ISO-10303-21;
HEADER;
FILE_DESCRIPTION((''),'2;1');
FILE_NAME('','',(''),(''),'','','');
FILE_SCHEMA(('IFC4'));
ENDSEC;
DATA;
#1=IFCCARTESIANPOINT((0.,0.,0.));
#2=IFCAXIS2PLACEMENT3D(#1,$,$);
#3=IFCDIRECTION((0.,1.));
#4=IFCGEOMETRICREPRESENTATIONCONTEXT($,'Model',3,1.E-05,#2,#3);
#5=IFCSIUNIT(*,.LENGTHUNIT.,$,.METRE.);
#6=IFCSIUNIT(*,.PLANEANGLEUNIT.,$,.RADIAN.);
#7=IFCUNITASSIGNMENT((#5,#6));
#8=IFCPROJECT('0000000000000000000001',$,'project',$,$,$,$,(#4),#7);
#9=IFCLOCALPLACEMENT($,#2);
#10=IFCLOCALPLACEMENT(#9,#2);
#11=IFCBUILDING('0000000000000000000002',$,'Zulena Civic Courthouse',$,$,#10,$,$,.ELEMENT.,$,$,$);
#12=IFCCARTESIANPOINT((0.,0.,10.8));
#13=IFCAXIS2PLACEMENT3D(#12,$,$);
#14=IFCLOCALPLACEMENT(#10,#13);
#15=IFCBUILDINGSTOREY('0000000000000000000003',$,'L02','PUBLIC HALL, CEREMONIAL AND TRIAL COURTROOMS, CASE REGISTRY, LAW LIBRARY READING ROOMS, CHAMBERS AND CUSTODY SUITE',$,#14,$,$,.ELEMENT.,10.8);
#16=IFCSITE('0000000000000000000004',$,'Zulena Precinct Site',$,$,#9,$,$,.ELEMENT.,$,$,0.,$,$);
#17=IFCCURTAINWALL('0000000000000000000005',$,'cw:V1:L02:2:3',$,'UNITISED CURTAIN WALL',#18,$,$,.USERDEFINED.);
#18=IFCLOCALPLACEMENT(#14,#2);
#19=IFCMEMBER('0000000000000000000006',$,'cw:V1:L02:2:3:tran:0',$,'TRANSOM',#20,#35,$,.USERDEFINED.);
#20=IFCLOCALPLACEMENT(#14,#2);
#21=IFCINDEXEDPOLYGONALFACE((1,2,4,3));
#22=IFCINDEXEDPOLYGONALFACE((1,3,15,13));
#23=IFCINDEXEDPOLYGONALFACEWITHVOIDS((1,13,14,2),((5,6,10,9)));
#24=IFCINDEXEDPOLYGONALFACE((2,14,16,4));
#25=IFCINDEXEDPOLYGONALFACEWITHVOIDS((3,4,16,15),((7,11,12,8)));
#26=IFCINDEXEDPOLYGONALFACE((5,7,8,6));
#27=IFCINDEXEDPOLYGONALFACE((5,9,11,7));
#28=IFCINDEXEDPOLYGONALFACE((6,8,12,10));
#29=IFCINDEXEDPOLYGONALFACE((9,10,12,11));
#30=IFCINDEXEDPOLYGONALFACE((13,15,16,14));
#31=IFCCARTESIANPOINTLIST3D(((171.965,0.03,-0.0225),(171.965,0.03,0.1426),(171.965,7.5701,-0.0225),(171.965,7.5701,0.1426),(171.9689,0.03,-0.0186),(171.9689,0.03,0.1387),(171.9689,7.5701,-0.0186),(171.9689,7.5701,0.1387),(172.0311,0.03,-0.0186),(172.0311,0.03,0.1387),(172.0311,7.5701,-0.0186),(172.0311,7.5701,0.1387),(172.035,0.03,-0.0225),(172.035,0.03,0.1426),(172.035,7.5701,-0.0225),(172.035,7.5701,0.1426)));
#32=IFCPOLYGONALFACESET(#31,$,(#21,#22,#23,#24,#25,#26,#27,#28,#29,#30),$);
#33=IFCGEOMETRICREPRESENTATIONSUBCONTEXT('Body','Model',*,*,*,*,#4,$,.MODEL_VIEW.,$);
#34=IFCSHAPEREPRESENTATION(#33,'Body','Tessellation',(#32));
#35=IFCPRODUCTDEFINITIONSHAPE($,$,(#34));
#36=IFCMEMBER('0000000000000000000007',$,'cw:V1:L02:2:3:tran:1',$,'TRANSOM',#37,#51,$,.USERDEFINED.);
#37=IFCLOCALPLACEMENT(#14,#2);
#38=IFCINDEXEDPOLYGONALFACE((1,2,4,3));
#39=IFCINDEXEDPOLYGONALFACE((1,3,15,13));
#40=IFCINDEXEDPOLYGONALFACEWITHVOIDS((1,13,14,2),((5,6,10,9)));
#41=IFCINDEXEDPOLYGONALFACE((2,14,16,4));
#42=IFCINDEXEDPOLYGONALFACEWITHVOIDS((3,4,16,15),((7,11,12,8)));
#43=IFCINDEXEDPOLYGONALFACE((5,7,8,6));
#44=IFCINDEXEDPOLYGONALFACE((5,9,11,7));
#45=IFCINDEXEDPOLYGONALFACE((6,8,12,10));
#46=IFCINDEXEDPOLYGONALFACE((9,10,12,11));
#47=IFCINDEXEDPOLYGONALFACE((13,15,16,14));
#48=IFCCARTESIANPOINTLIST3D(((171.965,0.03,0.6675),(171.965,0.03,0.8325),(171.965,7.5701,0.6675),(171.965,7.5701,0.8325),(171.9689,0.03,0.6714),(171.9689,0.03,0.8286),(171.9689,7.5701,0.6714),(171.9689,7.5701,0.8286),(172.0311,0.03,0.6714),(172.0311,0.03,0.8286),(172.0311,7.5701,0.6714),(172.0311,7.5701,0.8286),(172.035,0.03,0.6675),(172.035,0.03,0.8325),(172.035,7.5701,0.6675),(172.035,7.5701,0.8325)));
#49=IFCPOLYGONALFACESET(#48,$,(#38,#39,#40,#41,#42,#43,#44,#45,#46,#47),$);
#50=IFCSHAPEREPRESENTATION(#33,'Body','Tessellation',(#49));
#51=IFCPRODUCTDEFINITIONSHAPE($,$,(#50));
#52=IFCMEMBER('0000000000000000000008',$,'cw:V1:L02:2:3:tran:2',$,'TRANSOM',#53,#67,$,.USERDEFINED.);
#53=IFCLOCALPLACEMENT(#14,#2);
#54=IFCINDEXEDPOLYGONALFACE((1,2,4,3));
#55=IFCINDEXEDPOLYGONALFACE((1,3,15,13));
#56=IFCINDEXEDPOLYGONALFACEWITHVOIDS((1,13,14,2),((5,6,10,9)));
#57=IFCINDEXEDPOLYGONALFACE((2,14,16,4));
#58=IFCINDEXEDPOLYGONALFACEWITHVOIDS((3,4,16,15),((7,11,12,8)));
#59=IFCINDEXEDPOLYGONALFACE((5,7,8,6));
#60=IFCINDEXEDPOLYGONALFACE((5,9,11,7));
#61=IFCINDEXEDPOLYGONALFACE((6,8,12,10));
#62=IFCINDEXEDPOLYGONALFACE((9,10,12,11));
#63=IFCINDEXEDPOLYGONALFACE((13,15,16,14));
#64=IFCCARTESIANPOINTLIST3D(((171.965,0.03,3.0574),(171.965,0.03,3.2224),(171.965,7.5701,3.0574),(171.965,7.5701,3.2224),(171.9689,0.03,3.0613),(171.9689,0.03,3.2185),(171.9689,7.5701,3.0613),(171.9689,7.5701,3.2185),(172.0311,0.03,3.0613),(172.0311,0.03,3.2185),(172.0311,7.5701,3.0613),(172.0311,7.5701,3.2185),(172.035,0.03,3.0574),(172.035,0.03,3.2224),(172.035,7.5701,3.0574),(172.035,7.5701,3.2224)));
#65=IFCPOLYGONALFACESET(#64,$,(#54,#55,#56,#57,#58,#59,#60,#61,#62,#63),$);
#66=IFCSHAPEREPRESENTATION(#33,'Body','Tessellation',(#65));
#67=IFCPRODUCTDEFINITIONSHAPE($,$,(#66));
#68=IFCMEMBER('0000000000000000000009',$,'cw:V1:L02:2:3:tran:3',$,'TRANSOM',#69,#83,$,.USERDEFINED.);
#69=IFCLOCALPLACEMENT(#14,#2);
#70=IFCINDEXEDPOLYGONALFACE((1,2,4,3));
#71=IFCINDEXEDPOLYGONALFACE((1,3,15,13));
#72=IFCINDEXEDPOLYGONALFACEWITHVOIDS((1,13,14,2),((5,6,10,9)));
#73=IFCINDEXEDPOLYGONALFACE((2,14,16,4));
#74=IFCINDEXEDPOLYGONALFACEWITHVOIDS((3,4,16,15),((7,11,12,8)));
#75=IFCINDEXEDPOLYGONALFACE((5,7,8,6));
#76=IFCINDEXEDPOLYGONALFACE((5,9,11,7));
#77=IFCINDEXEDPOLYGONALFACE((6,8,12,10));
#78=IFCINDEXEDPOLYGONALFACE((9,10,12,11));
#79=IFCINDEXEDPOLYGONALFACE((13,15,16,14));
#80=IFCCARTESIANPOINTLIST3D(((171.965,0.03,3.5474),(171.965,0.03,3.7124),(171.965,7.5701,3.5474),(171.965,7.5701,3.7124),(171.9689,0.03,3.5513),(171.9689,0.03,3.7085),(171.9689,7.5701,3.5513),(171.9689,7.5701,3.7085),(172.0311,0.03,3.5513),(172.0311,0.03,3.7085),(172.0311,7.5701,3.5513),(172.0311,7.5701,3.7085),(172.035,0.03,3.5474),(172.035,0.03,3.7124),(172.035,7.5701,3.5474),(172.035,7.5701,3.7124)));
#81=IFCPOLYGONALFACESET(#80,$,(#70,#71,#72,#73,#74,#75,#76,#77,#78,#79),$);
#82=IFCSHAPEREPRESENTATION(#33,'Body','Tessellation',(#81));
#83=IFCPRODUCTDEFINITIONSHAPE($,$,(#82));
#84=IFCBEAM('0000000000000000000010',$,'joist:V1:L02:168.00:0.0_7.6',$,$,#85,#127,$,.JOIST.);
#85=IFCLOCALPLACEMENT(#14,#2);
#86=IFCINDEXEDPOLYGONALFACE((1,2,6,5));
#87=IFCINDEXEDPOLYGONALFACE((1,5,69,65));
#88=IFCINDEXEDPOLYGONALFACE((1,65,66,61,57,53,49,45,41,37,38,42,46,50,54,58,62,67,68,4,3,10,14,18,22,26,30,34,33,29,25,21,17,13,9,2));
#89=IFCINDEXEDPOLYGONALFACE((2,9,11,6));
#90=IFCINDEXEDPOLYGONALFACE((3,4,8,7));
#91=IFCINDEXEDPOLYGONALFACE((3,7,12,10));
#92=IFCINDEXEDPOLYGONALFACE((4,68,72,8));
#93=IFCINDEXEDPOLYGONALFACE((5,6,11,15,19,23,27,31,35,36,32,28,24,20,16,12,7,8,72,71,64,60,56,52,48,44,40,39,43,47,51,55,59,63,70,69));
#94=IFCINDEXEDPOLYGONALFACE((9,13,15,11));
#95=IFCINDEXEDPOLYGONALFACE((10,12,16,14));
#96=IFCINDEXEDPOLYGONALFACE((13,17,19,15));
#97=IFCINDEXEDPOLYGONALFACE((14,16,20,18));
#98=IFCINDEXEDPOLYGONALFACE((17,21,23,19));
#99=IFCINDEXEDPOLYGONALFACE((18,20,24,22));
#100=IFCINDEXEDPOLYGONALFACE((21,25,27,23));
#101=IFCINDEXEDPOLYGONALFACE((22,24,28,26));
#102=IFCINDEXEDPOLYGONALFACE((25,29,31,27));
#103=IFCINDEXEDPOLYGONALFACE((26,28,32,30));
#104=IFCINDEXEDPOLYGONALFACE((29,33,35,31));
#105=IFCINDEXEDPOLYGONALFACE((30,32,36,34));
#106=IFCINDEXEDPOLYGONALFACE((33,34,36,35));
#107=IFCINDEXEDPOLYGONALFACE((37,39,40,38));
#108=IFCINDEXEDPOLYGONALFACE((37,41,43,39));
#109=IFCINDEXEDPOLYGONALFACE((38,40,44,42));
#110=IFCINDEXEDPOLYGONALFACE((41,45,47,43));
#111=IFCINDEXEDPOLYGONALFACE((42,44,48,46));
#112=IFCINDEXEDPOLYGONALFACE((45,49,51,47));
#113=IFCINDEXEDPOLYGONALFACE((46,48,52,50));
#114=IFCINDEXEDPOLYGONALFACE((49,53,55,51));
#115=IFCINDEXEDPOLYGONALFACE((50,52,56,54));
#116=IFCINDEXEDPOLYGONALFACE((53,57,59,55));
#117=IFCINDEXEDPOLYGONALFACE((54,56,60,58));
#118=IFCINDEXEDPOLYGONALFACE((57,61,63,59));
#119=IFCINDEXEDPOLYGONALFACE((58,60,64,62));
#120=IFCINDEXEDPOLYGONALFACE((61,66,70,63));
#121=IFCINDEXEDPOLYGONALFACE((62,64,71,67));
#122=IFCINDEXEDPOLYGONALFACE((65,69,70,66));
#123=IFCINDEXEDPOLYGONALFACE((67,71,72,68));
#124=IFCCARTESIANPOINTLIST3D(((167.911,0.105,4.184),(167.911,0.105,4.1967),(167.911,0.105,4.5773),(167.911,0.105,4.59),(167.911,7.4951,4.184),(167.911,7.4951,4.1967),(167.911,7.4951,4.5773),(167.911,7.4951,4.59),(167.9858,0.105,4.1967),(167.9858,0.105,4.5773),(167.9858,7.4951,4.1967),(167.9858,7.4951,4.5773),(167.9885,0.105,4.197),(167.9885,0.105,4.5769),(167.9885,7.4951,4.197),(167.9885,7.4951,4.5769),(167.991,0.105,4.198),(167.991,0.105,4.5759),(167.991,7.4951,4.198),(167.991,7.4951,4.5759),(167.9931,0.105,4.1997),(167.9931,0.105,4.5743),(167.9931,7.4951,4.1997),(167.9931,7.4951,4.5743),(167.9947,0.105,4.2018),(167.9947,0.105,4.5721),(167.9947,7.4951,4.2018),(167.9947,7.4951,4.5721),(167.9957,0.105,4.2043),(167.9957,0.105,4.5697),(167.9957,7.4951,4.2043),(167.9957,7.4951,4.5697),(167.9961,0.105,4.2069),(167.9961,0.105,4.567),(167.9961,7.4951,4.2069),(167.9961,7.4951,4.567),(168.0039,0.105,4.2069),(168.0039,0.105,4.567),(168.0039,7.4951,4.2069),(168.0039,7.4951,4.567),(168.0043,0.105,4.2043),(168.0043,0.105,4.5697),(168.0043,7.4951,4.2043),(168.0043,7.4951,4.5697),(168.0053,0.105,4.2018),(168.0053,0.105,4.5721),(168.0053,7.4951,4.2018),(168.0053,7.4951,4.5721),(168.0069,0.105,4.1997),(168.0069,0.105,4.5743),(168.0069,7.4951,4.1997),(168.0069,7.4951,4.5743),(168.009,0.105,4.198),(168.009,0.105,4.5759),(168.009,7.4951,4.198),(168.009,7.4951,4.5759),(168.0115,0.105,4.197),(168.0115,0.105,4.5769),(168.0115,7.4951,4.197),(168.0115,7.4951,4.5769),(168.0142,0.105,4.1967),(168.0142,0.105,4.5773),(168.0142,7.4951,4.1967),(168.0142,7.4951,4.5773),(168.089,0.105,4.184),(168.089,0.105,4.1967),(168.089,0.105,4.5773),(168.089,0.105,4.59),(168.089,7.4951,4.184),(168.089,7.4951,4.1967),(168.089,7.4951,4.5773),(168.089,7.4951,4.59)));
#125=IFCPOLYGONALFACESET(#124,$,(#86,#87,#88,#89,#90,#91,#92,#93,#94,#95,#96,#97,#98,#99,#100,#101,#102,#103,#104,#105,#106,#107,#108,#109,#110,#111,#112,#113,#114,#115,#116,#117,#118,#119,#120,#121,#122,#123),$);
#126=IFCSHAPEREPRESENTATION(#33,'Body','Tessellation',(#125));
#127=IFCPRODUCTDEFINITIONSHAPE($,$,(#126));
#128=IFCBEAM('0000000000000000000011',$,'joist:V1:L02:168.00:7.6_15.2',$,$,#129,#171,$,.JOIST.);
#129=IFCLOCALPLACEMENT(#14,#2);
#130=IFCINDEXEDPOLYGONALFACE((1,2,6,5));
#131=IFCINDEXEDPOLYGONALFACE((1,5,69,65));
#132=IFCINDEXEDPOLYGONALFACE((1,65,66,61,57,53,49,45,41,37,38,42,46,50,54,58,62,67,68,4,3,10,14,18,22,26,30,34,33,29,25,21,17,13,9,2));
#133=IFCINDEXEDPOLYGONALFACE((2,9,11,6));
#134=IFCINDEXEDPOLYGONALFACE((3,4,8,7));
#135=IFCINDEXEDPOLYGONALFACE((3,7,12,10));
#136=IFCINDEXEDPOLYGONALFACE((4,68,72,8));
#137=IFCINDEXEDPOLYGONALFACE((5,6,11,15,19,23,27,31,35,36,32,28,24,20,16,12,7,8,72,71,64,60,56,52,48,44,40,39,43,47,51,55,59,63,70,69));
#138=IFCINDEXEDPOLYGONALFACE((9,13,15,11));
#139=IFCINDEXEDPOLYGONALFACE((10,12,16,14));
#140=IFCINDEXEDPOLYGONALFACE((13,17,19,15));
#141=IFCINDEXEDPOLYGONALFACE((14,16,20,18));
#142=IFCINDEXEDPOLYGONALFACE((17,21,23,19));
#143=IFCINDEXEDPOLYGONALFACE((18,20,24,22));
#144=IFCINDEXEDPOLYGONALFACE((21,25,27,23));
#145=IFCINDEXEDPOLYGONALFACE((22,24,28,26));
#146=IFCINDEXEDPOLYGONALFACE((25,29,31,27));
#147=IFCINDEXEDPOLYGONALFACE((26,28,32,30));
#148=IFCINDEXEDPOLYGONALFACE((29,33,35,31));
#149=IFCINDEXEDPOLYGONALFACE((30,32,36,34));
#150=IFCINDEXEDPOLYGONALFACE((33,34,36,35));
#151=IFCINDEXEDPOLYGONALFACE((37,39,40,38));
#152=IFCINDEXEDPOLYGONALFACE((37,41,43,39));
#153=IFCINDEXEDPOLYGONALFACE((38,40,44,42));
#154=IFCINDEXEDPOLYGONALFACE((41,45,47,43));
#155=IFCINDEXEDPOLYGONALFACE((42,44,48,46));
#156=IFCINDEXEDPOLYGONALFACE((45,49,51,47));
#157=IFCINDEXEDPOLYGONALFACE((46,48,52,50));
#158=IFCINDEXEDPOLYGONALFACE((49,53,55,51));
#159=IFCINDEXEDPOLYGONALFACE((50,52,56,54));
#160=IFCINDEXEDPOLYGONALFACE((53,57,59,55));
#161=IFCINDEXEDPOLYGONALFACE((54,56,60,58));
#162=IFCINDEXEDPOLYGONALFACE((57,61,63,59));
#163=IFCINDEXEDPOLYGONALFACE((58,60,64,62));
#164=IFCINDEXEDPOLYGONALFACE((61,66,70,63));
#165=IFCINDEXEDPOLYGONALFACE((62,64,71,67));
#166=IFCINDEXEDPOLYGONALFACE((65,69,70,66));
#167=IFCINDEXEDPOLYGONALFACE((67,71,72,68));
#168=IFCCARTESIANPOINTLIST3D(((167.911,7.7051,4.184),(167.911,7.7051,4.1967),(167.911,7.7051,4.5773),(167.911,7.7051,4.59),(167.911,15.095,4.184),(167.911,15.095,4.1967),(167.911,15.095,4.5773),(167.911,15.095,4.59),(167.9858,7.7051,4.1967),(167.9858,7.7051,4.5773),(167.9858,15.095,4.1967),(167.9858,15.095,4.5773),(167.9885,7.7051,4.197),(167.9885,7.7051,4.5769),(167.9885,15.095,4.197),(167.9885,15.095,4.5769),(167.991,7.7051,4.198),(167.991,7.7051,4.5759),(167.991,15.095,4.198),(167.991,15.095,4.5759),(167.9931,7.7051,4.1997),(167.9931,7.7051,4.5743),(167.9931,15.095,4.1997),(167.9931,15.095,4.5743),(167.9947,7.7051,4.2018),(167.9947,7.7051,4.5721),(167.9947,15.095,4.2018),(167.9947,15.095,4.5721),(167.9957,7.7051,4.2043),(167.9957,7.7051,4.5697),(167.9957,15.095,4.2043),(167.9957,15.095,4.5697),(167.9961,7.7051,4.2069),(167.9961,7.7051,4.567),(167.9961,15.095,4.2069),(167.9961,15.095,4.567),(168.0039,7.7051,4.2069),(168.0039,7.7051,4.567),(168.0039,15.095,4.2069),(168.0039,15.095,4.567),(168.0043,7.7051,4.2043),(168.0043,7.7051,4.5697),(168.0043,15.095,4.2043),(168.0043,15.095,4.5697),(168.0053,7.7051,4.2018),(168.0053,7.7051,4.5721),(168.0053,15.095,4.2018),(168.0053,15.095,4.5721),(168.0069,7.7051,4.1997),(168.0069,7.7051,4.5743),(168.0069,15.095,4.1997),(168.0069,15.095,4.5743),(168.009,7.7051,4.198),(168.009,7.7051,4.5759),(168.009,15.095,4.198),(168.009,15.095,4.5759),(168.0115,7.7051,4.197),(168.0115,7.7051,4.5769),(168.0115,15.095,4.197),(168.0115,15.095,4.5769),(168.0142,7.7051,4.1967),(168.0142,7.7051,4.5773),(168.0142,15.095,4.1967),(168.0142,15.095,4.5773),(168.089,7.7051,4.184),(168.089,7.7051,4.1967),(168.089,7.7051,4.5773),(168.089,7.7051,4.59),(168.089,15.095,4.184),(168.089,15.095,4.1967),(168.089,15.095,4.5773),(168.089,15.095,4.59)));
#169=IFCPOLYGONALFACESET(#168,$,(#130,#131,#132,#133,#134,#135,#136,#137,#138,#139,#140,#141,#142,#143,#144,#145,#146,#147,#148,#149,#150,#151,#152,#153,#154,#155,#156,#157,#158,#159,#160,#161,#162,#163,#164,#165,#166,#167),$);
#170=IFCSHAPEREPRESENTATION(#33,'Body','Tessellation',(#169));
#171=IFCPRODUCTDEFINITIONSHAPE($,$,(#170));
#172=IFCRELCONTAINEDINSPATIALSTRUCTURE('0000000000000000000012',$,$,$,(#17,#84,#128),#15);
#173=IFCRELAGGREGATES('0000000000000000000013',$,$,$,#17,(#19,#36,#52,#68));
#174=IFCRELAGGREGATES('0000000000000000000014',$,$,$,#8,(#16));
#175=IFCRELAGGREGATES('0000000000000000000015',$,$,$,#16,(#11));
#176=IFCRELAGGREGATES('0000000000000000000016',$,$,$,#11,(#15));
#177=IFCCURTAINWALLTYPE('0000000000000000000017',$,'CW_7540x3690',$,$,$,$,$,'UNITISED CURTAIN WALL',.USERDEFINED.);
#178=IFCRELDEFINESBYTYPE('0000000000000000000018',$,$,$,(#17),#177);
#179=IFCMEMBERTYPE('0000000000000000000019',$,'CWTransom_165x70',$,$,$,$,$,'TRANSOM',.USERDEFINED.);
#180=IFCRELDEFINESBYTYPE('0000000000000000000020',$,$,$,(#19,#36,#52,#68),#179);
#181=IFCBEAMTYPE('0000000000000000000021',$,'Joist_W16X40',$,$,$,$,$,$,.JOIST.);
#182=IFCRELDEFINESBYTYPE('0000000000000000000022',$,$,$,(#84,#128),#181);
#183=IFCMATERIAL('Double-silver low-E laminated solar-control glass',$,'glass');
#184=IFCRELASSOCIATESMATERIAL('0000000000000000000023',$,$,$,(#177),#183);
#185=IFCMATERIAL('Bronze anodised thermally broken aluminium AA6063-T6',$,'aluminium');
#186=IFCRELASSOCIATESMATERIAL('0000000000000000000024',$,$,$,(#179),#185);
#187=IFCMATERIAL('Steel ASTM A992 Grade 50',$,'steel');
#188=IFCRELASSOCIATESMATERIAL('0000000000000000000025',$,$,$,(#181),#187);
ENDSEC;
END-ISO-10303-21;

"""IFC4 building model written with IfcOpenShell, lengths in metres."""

from ifc_helpers import new_model, si_unit, direction, frame, origin, origin_2d, place, context, subcontext, project, spatial, hollow_rectangle, i_section, extrude, material, material_profile, profile_set, type_object, element, aggregate, save


model = new_model("IFC4")

# Units and contexts
model_context = context("Model", 3, precision=1e-05, world=origin(), true_north=direction((0.0, 1.0)))
body_context = subcontext(model_context, "Body", "Model", "MODEL_VIEW")
ifc_project = project(units=[si_unit("LENGTHUNIT", "METRE"), si_unit("PLANEANGLEUNIT", "RADIAN")], contexts=[model_context])

# Site, building, storey
site_placement = place(None, origin())
site = spatial("IfcSite", under=ifc_project, at=site_placement, Name="Zulena Precinct Site", CompositionType="ELEMENT", RefElevation=0.0)
building_placement = place(site_placement, origin())
building = spatial("IfcBuilding", under=site, at=building_placement, Name="Zulena Civic Courthouse", CompositionType="ELEMENT")
storey_placement = place(building_placement, frame((0.0, 0.0, 10.8)))
storey = spatial("IfcBuildingStorey", under=building, at=storey_placement, Name="L02", Description="PUBLIC HALL, CEREMONIAL AND TRIAL COURTROOMS, CASE REGISTRY, LAW LIBRARY READING ROOMS, CHAMBERS AND CUSTODY SUITE", CompositionType="ELEMENT", Elevation=10.8)

# Shared definitions
ifc_material_1 = material(Name="Steel ASTM A992 Grade 50", Category="steel")

# Curtain wall, members
ifc_material_2 = material(Name="Double-silver low-E laminated solar-control glass", Category="glass")
curtain_wall_type = type_object("IfcCurtainWallType", Name="CW_7540x3690", ElementType="UNITISED CURTAIN WALL", PredefinedType="USERDEFINED", material=ifc_material_2)
curtain_wall_placement = place(storey_placement, origin())
curtain_wall = element("IfcCurtainWall", 1, at=curtain_wall_placement, inside=storey, type_object=curtain_wall_type, Name="cw:V1:L02:2:3", ObjectType="UNITISED CURTAIN WALL", PredefinedType="USERDEFINED")
ifc_material_3 = material(Name="Bronze anodised thermally broken aluminium AA6063-T6", Category="aluminium")
ifc_material_profile_1 = material_profile(ifc_material_3, hollow_rectangle(XDim=0.0701, YDim=0.165, WallThickness=0.0039, at=origin_2d()), Name="CWT165X70X4")
ifc_profile_set_1 = profile_set([ifc_material_profile_1], Name="Bronze anodised thermally broken aluminium AA6063-T6")
member_type_1 = type_object("IfcMemberType", Name="CWTransom_165x70", ElementType="TRANSOM", PredefinedType="USERDEFINED", material=ifc_profile_set_1)
member_1_placement = place(storey_placement, frame((172.0, 7.5701, 0.0601), z_axis=(0.0, -1.0, 0.0), x_axis=(1.0, 0.0, 0.0)))
member_1 = element("IfcMember", 2, at=member_1_placement, type_object=member_type_1, Name="cw:V1:L02:2:3:tran:0", ObjectType="TRANSOM", PredefinedType="USERDEFINED", context=body_context, shape_type="SweptSolid", body=[
    extrude(hollow_rectangle(XDim=0.0701, YDim=0.165, WallThickness=0.0039, at=origin_2d()), origin(), (0.0, 0.0, 1.0), 7.54),
])
member_2_placement = place(storey_placement, frame((172.0, 7.5701, 0.75), z_axis=(0.0, -1.0, 0.0), x_axis=(1.0, 0.0, 0.0)))
member_2 = element("IfcMember", 3, at=member_2_placement, type_object=member_type_1, Name="cw:V1:L02:2:3:tran:1", ObjectType="TRANSOM", PredefinedType="USERDEFINED", context=body_context, shape_type="SweptSolid", body=[
    extrude(hollow_rectangle(XDim=0.0701, YDim=0.165, WallThickness=0.0039, at=origin_2d()), origin(), (0.0, 0.0, 1.0), 7.54),
])
member_3_placement = place(storey_placement, frame((172.0, 7.5701, 3.1399), z_axis=(0.0, -1.0, 0.0), x_axis=(1.0, 0.0, 0.0)))
member_3 = element("IfcMember", 4, at=member_3_placement, type_object=member_type_1, Name="cw:V1:L02:2:3:tran:2", ObjectType="TRANSOM", PredefinedType="USERDEFINED", context=body_context, shape_type="SweptSolid", body=[
    extrude(hollow_rectangle(XDim=0.0701, YDim=0.165, WallThickness=0.0039, at=origin_2d()), origin(), (0.0, 0.0, 1.0), 7.54),
])
member_4_placement = place(storey_placement, frame((172.0, 7.5701, 3.6299), z_axis=(0.0, -1.0, 0.0), x_axis=(1.0, 0.0, 0.0)))
member_4 = element("IfcMember", 5, at=member_4_placement, type_object=member_type_1, Name="cw:V1:L02:2:3:tran:3", ObjectType="TRANSOM", PredefinedType="USERDEFINED", context=body_context, shape_type="SweptSolid", body=[
    extrude(hollow_rectangle(XDim=0.0701, YDim=0.165, WallThickness=0.0039, at=origin_2d()), origin(), (0.0, 0.0, 1.0), 7.54),
])

# Beams
ifc_material_profile_2 = material_profile(ifc_material_1, i_section(OverallWidth=0.178, OverallDepth=0.406, WebThickness=0.0078, FlangeThickness=0.0127, FilletRadius=0.0103, at=origin_2d()), Name="W16X40")
ifc_profile_set_2 = profile_set([ifc_material_profile_2], Name="Steel ASTM A992 Grade 50")
beam_type_1 = type_object("IfcBeamType", Name="Joist_W16X40", PredefinedType="JOIST", material=ifc_profile_set_2)
beam_1_placement = place(storey_placement, frame((168.0, 0.105, 4.387), z_axis=(0.0, 1.0, 0.0), x_axis=(-1.0, 0.0, 0.0)))
element("IfcBeam", 6, at=beam_1_placement, inside=storey, type_object=beam_type_1, Name="joist:V1:L02:168.00:0.0_7.6", PredefinedType="JOIST", context=body_context, shape_type="SweptSolid", body=[
    extrude(i_section(OverallWidth=0.178, OverallDepth=0.406, WebThickness=0.0078, FlangeThickness=0.0127, FilletRadius=0.0103, at=origin_2d()), origin(), (0.0, 0.0, 1.0), 7.3901),
])
beam_2_placement = place(storey_placement, frame((168.0, 7.7051, 4.387), z_axis=(0.0, 1.0, 0.0), x_axis=(-1.0, 0.0, 0.0)))
element("IfcBeam", 7, at=beam_2_placement, inside=storey, type_object=beam_type_1, Name="joist:V1:L02:168.00:7.6_15.2", PredefinedType="JOIST", context=body_context, shape_type="SweptSolid", body=[
    extrude(i_section(OverallWidth=0.178, OverallDepth=0.406, WebThickness=0.0078, FlangeThickness=0.0127, FilletRadius=0.0103, at=origin_2d()), origin(), (0.0, 0.0, 1.0), 7.3899),
])

aggregate(curtain_wall, [member_1, member_2, member_3, member_4])

save(model, "model.ifc")
